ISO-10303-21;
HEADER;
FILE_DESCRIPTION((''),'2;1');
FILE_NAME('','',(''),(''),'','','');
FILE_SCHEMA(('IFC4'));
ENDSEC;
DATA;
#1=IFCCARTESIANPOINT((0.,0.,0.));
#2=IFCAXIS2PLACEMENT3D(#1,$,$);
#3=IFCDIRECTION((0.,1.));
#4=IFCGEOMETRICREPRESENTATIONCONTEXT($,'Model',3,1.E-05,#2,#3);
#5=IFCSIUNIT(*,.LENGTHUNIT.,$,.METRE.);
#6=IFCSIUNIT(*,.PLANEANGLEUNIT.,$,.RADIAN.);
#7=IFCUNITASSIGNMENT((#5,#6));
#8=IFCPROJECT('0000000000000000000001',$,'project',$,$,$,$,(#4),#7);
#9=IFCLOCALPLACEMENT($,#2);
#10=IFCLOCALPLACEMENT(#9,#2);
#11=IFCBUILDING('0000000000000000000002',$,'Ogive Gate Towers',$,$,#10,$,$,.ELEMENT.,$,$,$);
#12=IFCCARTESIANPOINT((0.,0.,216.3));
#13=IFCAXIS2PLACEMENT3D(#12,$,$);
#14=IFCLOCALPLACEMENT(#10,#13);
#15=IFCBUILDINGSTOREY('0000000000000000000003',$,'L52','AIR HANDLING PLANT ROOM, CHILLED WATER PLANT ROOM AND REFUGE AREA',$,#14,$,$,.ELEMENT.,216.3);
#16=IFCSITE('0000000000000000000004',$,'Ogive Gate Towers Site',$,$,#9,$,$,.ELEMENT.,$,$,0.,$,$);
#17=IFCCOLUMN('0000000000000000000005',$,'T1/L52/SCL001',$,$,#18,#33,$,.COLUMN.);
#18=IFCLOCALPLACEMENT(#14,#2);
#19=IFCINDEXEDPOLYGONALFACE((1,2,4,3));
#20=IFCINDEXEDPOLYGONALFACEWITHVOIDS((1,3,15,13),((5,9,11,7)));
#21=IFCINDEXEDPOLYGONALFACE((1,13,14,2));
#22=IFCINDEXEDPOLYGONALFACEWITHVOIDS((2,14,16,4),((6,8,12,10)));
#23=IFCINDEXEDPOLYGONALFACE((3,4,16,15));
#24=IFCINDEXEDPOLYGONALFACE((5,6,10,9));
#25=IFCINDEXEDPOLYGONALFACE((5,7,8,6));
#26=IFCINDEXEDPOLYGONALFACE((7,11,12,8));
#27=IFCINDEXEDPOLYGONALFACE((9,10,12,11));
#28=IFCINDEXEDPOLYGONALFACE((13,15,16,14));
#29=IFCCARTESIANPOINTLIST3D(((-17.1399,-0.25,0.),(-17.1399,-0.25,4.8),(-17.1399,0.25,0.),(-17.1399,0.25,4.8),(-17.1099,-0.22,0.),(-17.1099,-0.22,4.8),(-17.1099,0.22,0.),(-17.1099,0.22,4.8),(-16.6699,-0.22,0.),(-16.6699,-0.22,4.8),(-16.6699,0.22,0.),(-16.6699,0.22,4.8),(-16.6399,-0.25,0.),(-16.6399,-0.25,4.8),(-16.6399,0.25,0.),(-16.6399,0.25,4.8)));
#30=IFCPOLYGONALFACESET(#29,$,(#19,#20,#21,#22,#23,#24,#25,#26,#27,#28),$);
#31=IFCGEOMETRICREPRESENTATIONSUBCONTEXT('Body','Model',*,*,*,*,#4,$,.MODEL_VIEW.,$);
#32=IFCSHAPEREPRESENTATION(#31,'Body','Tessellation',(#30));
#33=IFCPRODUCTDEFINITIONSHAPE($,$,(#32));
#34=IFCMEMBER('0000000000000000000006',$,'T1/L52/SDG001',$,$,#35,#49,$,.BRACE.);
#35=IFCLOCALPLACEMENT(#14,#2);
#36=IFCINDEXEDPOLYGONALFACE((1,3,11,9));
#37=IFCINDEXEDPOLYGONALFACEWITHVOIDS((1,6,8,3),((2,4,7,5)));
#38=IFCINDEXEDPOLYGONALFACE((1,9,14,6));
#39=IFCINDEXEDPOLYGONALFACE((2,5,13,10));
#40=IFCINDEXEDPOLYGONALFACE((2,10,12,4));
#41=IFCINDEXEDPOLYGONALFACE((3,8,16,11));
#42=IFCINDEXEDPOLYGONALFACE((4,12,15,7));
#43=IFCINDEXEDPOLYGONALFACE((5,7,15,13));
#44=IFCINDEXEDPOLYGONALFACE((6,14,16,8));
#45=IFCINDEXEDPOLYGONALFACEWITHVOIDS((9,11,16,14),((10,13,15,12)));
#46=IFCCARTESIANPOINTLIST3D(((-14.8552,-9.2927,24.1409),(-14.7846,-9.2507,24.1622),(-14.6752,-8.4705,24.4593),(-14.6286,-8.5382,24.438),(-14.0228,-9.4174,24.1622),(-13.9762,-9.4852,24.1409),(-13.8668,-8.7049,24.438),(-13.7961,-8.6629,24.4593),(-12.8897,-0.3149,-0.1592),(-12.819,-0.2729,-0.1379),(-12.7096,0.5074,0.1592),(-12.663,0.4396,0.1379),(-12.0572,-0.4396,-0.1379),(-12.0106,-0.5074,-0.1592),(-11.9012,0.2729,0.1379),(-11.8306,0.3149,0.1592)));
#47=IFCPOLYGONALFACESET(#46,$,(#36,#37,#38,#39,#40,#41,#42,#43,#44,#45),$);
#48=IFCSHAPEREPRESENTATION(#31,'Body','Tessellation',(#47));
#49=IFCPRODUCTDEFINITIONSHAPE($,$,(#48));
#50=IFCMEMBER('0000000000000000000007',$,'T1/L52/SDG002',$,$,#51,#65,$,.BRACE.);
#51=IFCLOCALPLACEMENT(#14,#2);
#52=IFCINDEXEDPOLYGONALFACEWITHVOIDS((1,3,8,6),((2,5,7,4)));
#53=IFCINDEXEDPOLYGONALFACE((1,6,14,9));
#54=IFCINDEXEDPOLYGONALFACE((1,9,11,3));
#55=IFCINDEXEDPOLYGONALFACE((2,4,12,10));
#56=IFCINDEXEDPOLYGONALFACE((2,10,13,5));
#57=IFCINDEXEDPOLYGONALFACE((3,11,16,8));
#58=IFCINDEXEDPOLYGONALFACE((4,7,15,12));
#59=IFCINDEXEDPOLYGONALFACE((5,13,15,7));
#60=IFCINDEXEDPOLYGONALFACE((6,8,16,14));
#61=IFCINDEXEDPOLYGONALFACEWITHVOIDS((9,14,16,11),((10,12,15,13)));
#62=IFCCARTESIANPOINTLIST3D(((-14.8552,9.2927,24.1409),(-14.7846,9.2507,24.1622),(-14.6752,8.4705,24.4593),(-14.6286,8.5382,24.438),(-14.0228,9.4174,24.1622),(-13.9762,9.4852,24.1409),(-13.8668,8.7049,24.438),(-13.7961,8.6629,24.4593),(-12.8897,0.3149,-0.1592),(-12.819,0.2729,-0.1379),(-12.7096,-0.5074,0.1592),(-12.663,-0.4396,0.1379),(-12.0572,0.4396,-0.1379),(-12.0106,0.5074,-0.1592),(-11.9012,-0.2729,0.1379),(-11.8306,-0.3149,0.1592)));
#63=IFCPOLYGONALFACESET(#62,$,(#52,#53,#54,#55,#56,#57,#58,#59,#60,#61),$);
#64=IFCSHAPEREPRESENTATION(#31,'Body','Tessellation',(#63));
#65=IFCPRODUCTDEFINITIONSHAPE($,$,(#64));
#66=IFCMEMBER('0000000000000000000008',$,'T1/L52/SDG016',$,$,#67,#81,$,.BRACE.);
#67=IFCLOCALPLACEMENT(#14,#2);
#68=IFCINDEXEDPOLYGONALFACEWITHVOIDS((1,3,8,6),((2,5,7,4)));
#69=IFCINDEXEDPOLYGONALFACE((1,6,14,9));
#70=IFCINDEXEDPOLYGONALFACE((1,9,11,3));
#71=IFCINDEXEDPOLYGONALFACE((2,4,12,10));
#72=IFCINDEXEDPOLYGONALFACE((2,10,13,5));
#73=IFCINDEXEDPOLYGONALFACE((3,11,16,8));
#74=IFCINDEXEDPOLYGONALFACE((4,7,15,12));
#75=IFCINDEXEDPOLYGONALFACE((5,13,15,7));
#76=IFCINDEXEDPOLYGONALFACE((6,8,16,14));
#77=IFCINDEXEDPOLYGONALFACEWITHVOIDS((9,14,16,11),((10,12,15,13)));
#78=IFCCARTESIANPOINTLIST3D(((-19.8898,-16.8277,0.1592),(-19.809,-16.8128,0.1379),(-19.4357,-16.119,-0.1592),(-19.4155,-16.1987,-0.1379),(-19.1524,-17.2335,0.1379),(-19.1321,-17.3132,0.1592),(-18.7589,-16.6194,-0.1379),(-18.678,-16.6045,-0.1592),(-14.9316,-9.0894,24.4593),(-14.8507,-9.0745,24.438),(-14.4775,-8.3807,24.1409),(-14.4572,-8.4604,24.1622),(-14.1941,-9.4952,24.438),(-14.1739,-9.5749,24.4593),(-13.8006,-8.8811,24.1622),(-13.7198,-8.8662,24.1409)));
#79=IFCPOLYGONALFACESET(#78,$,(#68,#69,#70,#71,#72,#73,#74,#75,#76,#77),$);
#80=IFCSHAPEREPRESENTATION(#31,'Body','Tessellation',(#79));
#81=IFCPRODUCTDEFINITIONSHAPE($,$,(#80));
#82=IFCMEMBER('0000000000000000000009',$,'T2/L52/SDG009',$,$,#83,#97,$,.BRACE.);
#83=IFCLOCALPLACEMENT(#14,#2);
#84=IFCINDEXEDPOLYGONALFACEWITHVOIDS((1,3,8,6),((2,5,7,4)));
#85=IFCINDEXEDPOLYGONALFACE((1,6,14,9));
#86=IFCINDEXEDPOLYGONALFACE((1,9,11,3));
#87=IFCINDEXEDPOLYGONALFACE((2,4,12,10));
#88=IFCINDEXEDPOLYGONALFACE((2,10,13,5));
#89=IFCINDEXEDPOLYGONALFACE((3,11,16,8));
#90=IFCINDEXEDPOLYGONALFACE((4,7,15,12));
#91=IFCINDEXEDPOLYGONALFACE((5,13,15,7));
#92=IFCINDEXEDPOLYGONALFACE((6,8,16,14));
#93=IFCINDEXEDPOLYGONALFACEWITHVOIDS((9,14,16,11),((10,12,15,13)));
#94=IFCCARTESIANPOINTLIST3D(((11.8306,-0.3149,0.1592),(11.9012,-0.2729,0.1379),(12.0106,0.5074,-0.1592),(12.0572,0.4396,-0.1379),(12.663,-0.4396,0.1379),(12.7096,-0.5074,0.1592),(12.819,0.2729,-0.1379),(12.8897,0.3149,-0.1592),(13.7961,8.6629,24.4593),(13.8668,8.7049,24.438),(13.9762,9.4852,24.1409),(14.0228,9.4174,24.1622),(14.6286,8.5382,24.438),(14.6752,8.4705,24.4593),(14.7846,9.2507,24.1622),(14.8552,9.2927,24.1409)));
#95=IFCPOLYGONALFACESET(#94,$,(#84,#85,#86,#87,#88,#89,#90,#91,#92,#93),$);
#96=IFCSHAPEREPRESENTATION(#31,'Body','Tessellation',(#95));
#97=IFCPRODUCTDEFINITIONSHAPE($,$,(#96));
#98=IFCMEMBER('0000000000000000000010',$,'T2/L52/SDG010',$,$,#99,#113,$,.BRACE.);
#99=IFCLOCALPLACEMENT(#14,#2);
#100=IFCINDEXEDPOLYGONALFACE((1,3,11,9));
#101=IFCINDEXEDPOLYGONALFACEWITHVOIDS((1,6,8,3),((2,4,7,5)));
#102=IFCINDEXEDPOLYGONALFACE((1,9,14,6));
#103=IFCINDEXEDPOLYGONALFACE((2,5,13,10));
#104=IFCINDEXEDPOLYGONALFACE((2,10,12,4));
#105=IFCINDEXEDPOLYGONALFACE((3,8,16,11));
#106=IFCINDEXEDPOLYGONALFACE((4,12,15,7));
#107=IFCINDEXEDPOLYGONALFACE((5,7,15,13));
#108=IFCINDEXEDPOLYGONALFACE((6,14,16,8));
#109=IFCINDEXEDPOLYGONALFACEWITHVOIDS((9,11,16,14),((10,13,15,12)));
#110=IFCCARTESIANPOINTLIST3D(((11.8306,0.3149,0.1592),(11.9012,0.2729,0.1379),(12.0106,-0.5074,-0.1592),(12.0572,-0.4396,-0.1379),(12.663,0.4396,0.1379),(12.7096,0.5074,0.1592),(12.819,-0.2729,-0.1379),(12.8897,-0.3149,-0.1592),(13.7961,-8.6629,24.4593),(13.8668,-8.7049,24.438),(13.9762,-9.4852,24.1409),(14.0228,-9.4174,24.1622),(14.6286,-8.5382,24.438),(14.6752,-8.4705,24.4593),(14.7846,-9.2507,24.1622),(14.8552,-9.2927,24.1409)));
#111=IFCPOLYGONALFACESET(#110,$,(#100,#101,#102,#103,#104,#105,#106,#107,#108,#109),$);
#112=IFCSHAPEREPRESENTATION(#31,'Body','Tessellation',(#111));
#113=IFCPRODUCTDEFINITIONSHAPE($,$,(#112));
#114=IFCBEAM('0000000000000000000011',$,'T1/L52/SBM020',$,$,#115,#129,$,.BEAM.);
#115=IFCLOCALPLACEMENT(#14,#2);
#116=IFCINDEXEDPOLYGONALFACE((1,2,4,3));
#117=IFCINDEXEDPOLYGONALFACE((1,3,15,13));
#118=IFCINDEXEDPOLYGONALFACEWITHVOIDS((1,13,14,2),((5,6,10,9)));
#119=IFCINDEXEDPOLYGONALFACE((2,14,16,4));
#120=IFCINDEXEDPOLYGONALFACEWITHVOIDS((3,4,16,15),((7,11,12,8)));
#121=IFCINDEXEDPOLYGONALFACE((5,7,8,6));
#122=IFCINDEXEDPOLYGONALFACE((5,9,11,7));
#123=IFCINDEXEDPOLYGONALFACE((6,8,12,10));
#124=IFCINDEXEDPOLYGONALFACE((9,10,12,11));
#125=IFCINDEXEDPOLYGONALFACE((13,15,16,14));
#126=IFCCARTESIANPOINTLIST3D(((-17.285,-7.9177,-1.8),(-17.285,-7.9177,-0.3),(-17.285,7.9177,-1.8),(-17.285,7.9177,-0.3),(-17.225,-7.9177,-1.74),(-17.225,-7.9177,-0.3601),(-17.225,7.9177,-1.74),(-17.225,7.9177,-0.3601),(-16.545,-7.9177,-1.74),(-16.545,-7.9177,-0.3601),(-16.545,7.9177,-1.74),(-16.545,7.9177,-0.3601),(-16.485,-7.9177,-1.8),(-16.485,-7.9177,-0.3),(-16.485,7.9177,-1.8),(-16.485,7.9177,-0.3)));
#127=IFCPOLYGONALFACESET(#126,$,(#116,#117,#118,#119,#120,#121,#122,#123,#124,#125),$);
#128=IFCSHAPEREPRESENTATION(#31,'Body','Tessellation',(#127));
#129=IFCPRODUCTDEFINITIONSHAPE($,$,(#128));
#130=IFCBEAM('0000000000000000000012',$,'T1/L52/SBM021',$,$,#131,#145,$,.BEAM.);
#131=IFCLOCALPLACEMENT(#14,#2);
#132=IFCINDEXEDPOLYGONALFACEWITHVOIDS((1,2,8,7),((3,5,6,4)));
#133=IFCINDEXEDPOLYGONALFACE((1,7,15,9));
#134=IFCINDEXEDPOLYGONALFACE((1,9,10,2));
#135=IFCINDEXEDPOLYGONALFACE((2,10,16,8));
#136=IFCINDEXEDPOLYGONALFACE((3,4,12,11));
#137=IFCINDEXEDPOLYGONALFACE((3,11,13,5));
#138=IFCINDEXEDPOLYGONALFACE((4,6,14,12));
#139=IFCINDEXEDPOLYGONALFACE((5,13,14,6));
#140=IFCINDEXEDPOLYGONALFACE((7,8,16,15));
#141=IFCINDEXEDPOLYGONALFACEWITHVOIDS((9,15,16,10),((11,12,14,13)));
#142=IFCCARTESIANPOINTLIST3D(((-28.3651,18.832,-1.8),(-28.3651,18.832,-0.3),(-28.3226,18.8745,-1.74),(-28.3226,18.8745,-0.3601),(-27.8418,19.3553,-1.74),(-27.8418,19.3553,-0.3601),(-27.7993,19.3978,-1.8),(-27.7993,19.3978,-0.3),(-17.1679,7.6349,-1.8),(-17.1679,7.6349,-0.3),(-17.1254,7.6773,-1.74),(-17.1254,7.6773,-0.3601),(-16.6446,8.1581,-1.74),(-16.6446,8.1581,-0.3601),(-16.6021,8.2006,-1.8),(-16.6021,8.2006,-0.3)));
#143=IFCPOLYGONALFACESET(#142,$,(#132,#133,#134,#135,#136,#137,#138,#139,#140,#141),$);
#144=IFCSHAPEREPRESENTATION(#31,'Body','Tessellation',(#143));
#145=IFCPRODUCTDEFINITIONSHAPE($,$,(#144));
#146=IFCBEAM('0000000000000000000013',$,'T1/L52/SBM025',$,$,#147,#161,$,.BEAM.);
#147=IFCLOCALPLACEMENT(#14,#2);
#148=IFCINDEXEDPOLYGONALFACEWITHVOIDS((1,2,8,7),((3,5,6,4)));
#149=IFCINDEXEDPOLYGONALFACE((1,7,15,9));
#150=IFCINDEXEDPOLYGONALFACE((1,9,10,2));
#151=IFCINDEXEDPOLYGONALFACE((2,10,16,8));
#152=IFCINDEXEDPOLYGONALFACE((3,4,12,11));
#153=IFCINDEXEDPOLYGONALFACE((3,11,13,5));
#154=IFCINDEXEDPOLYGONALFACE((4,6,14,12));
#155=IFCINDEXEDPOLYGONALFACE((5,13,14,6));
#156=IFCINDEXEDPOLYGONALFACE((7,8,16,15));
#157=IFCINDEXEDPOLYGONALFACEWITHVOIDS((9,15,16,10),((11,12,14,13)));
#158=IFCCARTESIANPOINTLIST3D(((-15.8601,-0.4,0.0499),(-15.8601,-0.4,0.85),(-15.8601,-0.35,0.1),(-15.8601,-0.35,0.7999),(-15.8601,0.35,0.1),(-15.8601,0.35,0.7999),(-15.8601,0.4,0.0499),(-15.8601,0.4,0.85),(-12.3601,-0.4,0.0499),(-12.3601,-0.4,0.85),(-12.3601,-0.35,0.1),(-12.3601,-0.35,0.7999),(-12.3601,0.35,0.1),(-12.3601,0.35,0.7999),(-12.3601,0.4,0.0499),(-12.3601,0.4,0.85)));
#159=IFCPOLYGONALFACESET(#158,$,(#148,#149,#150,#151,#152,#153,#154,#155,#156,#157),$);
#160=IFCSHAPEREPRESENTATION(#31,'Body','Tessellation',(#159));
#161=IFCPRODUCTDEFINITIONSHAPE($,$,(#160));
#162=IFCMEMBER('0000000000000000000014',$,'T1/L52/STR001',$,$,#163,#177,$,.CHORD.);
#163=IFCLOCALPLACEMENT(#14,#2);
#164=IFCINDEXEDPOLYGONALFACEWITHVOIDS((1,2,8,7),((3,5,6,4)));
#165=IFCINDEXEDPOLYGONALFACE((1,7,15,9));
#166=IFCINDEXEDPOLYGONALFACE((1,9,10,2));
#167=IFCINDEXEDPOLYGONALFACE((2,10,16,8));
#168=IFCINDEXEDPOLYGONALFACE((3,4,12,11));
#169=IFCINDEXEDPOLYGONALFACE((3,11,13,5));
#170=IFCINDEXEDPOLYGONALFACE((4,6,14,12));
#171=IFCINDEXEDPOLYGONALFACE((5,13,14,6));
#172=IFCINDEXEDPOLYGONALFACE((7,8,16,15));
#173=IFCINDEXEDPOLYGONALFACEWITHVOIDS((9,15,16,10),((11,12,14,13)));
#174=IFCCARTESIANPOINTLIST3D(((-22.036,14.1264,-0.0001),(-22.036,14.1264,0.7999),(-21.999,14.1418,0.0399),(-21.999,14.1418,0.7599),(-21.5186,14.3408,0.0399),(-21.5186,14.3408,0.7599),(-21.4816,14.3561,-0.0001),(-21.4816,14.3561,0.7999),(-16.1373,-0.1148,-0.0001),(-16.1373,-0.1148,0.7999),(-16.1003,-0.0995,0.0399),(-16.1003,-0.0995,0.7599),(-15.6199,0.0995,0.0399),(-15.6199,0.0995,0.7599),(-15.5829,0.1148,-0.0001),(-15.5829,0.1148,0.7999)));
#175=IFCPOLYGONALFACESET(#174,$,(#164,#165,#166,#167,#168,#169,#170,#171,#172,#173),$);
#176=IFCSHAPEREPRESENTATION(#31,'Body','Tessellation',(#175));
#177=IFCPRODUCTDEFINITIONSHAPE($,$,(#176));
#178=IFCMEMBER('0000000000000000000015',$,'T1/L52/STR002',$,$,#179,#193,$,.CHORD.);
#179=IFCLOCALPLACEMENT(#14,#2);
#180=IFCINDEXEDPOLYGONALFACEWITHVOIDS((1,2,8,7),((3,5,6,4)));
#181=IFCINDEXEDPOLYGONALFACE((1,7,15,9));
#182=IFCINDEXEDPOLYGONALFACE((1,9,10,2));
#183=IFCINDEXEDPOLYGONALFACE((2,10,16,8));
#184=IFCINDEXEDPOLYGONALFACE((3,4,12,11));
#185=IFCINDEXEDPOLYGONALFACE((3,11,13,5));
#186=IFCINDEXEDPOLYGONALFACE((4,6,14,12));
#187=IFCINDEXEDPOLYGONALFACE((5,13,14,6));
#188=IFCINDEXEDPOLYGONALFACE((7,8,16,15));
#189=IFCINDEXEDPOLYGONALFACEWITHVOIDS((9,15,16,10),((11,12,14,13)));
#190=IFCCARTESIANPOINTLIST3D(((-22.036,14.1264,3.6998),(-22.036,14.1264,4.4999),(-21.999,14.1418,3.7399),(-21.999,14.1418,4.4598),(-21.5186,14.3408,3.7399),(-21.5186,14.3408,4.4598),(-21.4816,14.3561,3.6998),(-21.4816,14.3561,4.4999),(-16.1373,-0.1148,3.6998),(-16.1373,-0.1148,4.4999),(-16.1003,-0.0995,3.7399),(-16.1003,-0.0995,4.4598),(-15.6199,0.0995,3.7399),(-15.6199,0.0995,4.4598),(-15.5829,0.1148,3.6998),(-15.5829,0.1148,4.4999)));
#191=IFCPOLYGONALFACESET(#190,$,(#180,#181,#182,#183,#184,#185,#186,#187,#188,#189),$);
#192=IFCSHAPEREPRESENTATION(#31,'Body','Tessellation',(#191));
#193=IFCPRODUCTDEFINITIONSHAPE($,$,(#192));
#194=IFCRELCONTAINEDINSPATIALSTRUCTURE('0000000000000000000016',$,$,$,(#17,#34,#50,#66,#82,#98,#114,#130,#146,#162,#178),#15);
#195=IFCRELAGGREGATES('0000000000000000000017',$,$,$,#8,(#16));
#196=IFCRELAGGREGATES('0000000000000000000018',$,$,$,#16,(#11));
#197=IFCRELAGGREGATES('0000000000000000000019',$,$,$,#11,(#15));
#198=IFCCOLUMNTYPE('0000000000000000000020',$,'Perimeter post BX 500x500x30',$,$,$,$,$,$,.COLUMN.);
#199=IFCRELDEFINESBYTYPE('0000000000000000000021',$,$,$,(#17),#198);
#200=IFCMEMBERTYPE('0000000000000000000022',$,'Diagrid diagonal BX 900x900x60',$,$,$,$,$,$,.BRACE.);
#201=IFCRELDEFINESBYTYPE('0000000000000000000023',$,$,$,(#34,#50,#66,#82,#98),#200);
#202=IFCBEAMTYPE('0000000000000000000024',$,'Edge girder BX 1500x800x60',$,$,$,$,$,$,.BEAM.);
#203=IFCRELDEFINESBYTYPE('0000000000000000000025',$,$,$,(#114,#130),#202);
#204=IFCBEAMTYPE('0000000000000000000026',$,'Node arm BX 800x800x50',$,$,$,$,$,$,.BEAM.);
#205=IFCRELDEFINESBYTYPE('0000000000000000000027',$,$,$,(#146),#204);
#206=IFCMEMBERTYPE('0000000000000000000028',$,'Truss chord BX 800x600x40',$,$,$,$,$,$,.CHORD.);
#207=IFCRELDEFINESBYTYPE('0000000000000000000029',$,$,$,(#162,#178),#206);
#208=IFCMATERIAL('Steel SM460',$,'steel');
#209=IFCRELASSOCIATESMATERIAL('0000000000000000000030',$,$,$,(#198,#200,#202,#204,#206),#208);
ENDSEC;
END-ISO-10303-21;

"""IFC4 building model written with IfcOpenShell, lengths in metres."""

from ifc_helpers import new_model, si_unit, direction, frame, origin, origin_2d, place, context, subcontext, project, spatial, hollow_rectangle, extrude, material, material_profile, profile_set, type_object, element, save


model = new_model("IFC4")

# Units and contexts
model_context = context("Model", 3, precision=1e-05, world=origin(), true_north=direction((0.0, 1.0)))
body_context = subcontext(model_context, "Body", "Model", "MODEL_VIEW")
ifc_project = project(units=[si_unit("LENGTHUNIT", "METRE"), si_unit("PLANEANGLEUNIT", "RADIAN")], contexts=[model_context])

# Site, building, storey
site_placement = place(None, origin())
site = spatial("IfcSite", under=ifc_project, at=site_placement, Name="Ogive Gate Towers Site", CompositionType="ELEMENT", RefElevation=0.0)
building_placement = place(site_placement, origin())
building = spatial("IfcBuilding", under=site, at=building_placement, Name="Ogive Gate Towers", CompositionType="ELEMENT")
storey_placement = place(building_placement, frame((0.0, 0.0, 216.3)))
storey = spatial("IfcBuildingStorey", under=building, at=storey_placement, Name="L52", Description="AIR HANDLING PLANT ROOM, CHILLED WATER PLANT ROOM AND REFUGE AREA", CompositionType="ELEMENT", Elevation=216.3)

# Column
ifc_material_1 = material(Name="Steel SM460", Category="steel")
ifc_material_profile_1 = material_profile(ifc_material_1, hollow_rectangle(XDim=0.5, YDim=0.5, WallThickness=0.03, at=origin_2d()), Name="BX 500x500x30")
ifc_profile_set_1 = profile_set([ifc_material_profile_1], Name="Steel SM460")
column_type = type_object("IfcColumnType", Name="Perimeter post BX 500x500x30", PredefinedType="COLUMN", material=ifc_profile_set_1)
column_placement = place(storey_placement, frame((-16.8899, 0.0, 0.0), z_axis=(0.0, 0.0, 1.0), x_axis=(1.0, 0.0, 0.0)))
element("IfcColumn", 1, at=column_placement, inside=storey, type_object=column_type, Name="T1/L52/SCL001", PredefinedType="COLUMN", context=body_context, shape_type="SweptSolid", body=[
    extrude(hollow_rectangle(XDim=0.5, YDim=0.5, WallThickness=0.03, at=origin_2d()), origin(), (0.0, 0.0, 1.0), 4.8),
])

# Members
ifc_material_profile_2 = material_profile(ifc_material_1, hollow_rectangle(XDim=0.8999, YDim=0.8999, WallThickness=0.0601, at=origin_2d()), Name="BX 900x900x60")
ifc_profile_set_2 = profile_set([ifc_material_profile_2], Name="Steel SM460")
member_type_1 = type_object("IfcMemberType", Name="Diagrid diagonal BX 900x900x60", PredefinedType="BRACE", material=ifc_profile_set_2)
for number, where, z_axis, x_axis, name in (
    (2, (-12.3601, 0.0, 0.0), (-0.075658, -0.345566, 0.935339), (0.976862, -0.213872, 0.0), "T1/L52/SDG001"),
    (3, (-12.3601, 0.0, 0.0), (-0.075658, 0.345566, 0.935339), (-0.976862, -0.213872, 0.0), "T1/L52/SDG002"),
    (4, (-19.2839, -16.7161, 0.0), (0.190849, 0.297856, 0.935339), (-0.841987, 0.539498, 0.0), "T1/L52/SDG016"),
    (5, (12.3601, 0.0, 0.0), (0.075658, 0.345566, 0.935339), (-0.976862, 0.213872, 0.0), "T2/L52/SDG009"),
    (6, (12.3601, 0.0, 0.0), (0.075658, -0.345566, 0.935339), (0.976862, 0.213872, 0.0), "T2/L52/SDG010"),
):
    element("IfcMember", number, at=place(storey_placement, frame(where, z_axis=z_axis, x_axis=x_axis)), inside=storey, type_object=member_type_1, Name=name, PredefinedType="BRACE", context=body_context, shape_type="SweptSolid", body=[
        extrude(hollow_rectangle(XDim=0.8999, YDim=0.8999, WallThickness=0.0601, at=origin_2d()), origin(), (0.0, 0.0, 1.0), 25.98),
    ])

# Beams
ifc_material_profile_3 = material_profile(ifc_material_1, hollow_rectangle(XDim=0.8, YDim=1.5, WallThickness=0.0601, at=origin_2d()), Name="BX 1500x800x60")
ifc_profile_set_3 = profile_set([ifc_material_profile_3], Name="Steel SM460")
beam_type_1 = type_object("IfcBeamType", Name="Edge girder BX 1500x800x60", PredefinedType="BEAM", material=ifc_profile_set_3)
beam_1_placement = place(storey_placement, frame((-16.885, -7.9177, -1.05), z_axis=(0.0, 1.0, 0.0), x_axis=(-1.0, 0.0, 0.0)))
element("IfcBeam", 7, at=beam_1_placement, inside=storey, type_object=beam_type_1, Name="T1/L52/SBM020", PredefinedType="BEAM", context=body_context, shape_type="SweptSolid", body=[
    extrude(hollow_rectangle(XDim=0.8, YDim=1.5, WallThickness=0.0601, at=origin_2d()), origin(), (0.0, 0.0, 1.0), 15.8354),
])
beam_2_placement = place(storey_placement, frame((-16.885, 7.9177, -1.05), z_axis=(-0.707107, 0.707107, 0.0), x_axis=(-0.707107, -0.707107, 0.0)))
element("IfcBeam", 8, at=beam_2_placement, inside=storey, type_object=beam_type_1, Name="T1/L52/SBM021", PredefinedType="BEAM", context=body_context, shape_type="SweptSolid", body=[
    extrude(hollow_rectangle(XDim=0.8, YDim=1.5, WallThickness=0.0601, at=origin_2d()), origin(), (0.0, 0.0, 1.0), 15.8352),
])
ifc_material_profile_4 = material_profile(ifc_material_1, hollow_rectangle(XDim=0.8, YDim=0.8, WallThickness=0.05, at=origin_2d()), Name="BX 800x800x50")
ifc_profile_set_4 = profile_set([ifc_material_profile_4], Name="Steel SM460")
beam_type_2 = type_object("IfcBeamType", Name="Node arm BX 800x800x50", PredefinedType="BEAM", material=ifc_profile_set_4)
beam_3_placement = place(storey_placement, frame((-15.8601, 0.0, 0.45), z_axis=(1.0, 0.0, 0.0), x_axis=(0.0, 1.0, 0.0)))
element("IfcBeam", 9, at=beam_3_placement, inside=storey, type_object=beam_type_2, Name="T1/L52/SBM025", PredefinedType="BEAM", context=body_context, shape_type="SweptSolid", body=[
    extrude(hollow_rectangle(XDim=0.8, YDim=0.8, WallThickness=0.05, at=origin_2d()), origin(), (0.0, 0.0, 1.0), 3.5),
])

# Members
ifc_material_profile_5 = material_profile(ifc_material_1, hollow_rectangle(XDim=0.6001, YDim=0.8, WallThickness=0.04, at=origin_2d()), Name="BX 800x600x40")
ifc_profile_set_5 = profile_set([ifc_material_profile_5], Name="Steel SM460")
member_type_2 = type_object("IfcMemberType", Name="Truss chord BX 800x600x40", PredefinedType="CHORD", material=ifc_profile_set_5)
for number, where, z_axis, x_axis, name in (
    (10, (-15.8601, 0.0, 0.3999), (-0.382671, 0.923885, 0.0), (-0.923885, -0.382671, 0.0), "T1/L52/STR001"),
    (11, (-15.8601, 0.0, 4.0999), (-0.382671, 0.923885, 0.0), (-0.923885, -0.382671, 0.0), "T1/L52/STR002"),
):
    element("IfcMember", number, at=place(storey_placement, frame(where, z_axis=z_axis, x_axis=x_axis)), inside=storey, type_object=member_type_2, Name=name, PredefinedType="CHORD", context=body_context, shape_type="SweptSolid", body=[
        extrude(hollow_rectangle(XDim=0.6001, YDim=0.8, WallThickness=0.04, at=origin_2d()), origin(), (0.0, 0.0, 1.0), 15.4146),
    ])

save(model, "model.ifc")
